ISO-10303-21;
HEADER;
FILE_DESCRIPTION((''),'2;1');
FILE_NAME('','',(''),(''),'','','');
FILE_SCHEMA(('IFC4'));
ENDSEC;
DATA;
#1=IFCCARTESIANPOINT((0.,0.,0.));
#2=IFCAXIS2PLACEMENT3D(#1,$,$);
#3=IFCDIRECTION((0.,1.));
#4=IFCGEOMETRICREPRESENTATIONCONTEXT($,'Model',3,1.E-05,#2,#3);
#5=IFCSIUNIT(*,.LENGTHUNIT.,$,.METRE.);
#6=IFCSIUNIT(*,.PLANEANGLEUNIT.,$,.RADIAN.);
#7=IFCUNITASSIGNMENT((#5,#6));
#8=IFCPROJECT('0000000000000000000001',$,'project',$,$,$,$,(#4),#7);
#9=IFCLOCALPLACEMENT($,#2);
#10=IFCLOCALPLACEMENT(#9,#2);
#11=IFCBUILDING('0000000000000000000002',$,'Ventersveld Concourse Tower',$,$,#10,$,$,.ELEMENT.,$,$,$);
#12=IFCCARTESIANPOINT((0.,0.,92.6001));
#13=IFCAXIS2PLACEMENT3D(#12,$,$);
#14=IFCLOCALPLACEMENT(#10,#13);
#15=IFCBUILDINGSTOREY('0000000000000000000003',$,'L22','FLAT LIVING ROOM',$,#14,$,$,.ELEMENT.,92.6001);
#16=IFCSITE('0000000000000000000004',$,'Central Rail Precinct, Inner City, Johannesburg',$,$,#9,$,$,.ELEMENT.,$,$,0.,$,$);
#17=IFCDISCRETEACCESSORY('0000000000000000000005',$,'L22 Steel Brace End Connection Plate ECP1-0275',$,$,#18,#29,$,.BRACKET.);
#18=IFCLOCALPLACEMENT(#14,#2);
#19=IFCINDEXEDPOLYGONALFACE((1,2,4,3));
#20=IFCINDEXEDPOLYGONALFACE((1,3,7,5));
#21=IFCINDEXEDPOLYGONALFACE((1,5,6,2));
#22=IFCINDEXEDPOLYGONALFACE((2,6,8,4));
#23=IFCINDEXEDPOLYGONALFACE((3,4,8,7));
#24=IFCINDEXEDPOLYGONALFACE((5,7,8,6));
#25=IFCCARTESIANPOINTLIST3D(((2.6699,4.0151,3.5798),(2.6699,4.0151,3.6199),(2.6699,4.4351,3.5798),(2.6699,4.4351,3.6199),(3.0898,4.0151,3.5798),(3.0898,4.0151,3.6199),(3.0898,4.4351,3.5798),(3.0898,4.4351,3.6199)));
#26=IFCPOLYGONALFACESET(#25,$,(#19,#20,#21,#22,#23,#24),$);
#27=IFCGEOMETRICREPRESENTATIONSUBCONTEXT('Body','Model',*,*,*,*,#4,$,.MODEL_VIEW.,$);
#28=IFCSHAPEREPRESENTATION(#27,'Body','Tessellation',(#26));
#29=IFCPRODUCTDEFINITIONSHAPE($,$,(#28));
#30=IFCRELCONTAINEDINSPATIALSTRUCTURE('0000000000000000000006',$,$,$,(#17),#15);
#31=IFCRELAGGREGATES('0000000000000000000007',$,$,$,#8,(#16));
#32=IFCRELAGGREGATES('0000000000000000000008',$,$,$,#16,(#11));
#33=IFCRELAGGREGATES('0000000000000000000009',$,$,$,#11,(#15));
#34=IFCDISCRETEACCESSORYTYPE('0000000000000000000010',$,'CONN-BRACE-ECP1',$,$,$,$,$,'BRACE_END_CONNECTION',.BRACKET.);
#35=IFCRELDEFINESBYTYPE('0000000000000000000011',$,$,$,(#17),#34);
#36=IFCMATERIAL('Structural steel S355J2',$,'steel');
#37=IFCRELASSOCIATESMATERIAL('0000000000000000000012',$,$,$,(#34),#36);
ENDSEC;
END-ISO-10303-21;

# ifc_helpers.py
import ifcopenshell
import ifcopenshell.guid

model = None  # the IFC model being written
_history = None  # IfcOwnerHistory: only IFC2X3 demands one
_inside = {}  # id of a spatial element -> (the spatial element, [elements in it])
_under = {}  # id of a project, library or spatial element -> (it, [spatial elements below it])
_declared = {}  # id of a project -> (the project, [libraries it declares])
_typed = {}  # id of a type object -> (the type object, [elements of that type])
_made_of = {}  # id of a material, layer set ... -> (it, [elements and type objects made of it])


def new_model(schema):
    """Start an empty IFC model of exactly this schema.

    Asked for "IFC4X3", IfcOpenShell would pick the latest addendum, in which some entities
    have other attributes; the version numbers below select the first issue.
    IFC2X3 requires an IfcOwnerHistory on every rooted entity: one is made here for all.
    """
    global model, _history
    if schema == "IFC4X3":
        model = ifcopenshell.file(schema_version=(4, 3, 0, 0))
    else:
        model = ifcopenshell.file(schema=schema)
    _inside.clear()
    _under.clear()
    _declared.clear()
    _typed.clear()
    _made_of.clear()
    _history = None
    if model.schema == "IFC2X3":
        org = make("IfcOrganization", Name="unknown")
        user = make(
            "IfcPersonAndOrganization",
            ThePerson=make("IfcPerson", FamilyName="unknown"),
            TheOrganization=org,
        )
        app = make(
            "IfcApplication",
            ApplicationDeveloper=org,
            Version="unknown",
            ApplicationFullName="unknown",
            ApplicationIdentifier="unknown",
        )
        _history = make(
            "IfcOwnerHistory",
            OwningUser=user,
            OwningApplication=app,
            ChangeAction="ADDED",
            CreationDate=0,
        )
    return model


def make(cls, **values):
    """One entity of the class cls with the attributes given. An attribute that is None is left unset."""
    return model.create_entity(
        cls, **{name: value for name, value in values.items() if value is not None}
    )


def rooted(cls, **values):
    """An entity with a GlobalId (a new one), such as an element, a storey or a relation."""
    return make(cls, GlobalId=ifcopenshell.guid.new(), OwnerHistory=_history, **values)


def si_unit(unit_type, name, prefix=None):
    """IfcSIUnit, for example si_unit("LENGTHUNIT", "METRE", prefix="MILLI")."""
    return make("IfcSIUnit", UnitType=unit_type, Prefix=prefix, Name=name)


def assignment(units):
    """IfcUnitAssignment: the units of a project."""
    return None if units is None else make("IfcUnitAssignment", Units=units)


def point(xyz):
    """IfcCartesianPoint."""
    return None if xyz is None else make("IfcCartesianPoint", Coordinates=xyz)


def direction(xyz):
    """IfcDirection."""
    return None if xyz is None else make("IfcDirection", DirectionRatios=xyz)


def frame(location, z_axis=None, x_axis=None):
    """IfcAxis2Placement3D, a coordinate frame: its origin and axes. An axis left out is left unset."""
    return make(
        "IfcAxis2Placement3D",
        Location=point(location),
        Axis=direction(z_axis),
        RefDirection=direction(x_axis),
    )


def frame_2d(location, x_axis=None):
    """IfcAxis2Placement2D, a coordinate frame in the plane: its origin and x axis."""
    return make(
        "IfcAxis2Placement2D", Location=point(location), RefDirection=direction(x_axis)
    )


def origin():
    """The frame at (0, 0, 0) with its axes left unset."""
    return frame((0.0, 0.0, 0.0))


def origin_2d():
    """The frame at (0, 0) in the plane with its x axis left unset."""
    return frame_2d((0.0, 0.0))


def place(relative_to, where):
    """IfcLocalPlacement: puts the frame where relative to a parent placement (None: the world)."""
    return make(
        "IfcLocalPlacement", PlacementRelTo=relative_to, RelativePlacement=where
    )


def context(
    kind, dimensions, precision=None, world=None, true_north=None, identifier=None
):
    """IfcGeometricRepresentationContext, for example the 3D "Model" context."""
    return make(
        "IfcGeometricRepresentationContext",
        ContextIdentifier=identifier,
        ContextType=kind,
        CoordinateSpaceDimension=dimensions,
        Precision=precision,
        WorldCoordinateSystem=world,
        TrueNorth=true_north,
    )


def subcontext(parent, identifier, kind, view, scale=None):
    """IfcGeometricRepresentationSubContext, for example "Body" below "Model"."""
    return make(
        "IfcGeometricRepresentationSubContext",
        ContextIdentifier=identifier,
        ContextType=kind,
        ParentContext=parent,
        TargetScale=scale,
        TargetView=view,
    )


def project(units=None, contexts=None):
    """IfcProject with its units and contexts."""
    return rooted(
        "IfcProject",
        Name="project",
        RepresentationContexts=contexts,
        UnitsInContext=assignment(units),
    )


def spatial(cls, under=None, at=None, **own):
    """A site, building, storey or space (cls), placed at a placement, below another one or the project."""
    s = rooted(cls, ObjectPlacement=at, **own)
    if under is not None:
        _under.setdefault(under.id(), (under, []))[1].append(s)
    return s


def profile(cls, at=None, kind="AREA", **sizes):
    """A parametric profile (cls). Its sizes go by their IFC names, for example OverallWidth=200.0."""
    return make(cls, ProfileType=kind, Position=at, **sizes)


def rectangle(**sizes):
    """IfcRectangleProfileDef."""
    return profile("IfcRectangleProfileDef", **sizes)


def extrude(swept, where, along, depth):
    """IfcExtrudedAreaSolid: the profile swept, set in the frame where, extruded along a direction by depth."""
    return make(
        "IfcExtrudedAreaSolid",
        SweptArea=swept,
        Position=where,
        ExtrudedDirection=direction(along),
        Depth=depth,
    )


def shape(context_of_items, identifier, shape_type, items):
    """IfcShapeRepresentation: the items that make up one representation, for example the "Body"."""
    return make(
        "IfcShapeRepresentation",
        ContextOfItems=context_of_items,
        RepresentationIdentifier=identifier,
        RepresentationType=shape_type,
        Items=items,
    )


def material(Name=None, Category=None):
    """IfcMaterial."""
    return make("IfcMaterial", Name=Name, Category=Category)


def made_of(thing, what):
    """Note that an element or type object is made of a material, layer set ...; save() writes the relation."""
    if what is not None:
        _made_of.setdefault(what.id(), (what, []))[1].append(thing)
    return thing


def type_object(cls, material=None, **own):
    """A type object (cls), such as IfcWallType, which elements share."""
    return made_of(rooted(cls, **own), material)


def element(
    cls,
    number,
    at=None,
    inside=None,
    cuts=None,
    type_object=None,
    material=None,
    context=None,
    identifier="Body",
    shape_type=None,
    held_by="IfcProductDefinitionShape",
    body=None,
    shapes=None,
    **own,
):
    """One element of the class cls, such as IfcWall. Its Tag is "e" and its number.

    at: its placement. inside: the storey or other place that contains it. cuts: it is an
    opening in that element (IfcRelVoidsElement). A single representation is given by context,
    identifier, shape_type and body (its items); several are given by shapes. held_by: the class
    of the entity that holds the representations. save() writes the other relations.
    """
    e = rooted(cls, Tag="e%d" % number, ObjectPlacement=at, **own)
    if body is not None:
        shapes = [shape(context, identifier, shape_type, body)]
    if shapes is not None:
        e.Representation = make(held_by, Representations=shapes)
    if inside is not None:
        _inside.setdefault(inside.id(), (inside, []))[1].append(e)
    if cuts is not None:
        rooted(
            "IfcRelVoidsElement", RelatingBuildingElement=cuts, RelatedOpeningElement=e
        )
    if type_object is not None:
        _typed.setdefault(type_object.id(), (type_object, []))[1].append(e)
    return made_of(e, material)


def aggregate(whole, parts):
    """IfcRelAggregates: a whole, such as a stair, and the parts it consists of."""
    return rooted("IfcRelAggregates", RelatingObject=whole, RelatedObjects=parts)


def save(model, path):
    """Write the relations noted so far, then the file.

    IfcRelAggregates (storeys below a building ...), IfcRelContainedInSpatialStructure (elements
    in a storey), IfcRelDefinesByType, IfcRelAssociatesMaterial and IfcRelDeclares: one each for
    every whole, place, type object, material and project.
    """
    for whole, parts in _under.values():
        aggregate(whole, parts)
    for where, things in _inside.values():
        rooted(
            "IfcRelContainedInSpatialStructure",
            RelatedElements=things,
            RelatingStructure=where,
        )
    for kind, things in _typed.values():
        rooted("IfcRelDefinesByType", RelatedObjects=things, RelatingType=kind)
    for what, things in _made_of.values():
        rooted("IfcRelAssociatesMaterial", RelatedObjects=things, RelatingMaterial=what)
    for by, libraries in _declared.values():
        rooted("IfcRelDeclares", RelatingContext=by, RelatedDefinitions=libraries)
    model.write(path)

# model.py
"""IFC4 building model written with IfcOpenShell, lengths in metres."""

from ifc_helpers import new_model, si_unit, direction, frame, origin, origin_2d, place, context, subcontext, project, spatial, rectangle, extrude, material, type_object, element, save


model = new_model("IFC4")

# Units and contexts
model_context = context("Model", 3, precision=1e-05, world=origin(), true_north=direction((0.0, 1.0)))
body_context = subcontext(model_context, "Body", "Model", "MODEL_VIEW")
ifc_project = project(units=[si_unit("LENGTHUNIT", "METRE"), si_unit("PLANEANGLEUNIT", "RADIAN")], contexts=[model_context])

# Site, building, storey
site_placement = place(None, origin())
site = spatial("IfcSite", under=ifc_project, at=site_placement, Name="Central Rail Precinct, Inner City, Johannesburg", CompositionType="ELEMENT", RefElevation=0.0)
building_placement = place(site_placement, origin())
building = spatial("IfcBuilding", under=site, at=building_placement, Name="Ventersveld Concourse Tower", CompositionType="ELEMENT")
storey_placement = place(building_placement, frame((0.0, 0.0, 92.6001)))
storey = spatial("IfcBuildingStorey", under=building, at=storey_placement, Name="L22", Description="FLAT LIVING ROOM", CompositionType="ELEMENT", Elevation=92.6001)

# Shared definitions
ifc_material_1 = material(Name="Structural steel S355J2", Category="steel")

# Discrete accessory
discrete_accessory_type = type_object("IfcDiscreteAccessoryType", Name="CONN-BRACE-ECP1", ElementType="BRACE_END_CONNECTION", PredefinedType="BRACKET", material=ifc_material_1)
discrete_accessory_placement = place(storey_placement, frame((2.8799, 4.2251, 3.5798), z_axis=(0.0, 0.0, 1.0), x_axis=(1.0, 0.0, 0.0)))
element("IfcDiscreteAccessory", 1, at=discrete_accessory_placement, inside=storey, type_object=discrete_accessory_type, Name="L22 Steel Brace End Connection Plate ECP1-0275", PredefinedType="BRACKET", context=body_context, shape_type="SweptSolid", body=[
    extrude(rectangle(XDim=0.4199, YDim=0.4199, at=origin_2d()), origin(), (0.0, 0.0, 1.0), 0.04),
])

save(model, "model.ifc")
